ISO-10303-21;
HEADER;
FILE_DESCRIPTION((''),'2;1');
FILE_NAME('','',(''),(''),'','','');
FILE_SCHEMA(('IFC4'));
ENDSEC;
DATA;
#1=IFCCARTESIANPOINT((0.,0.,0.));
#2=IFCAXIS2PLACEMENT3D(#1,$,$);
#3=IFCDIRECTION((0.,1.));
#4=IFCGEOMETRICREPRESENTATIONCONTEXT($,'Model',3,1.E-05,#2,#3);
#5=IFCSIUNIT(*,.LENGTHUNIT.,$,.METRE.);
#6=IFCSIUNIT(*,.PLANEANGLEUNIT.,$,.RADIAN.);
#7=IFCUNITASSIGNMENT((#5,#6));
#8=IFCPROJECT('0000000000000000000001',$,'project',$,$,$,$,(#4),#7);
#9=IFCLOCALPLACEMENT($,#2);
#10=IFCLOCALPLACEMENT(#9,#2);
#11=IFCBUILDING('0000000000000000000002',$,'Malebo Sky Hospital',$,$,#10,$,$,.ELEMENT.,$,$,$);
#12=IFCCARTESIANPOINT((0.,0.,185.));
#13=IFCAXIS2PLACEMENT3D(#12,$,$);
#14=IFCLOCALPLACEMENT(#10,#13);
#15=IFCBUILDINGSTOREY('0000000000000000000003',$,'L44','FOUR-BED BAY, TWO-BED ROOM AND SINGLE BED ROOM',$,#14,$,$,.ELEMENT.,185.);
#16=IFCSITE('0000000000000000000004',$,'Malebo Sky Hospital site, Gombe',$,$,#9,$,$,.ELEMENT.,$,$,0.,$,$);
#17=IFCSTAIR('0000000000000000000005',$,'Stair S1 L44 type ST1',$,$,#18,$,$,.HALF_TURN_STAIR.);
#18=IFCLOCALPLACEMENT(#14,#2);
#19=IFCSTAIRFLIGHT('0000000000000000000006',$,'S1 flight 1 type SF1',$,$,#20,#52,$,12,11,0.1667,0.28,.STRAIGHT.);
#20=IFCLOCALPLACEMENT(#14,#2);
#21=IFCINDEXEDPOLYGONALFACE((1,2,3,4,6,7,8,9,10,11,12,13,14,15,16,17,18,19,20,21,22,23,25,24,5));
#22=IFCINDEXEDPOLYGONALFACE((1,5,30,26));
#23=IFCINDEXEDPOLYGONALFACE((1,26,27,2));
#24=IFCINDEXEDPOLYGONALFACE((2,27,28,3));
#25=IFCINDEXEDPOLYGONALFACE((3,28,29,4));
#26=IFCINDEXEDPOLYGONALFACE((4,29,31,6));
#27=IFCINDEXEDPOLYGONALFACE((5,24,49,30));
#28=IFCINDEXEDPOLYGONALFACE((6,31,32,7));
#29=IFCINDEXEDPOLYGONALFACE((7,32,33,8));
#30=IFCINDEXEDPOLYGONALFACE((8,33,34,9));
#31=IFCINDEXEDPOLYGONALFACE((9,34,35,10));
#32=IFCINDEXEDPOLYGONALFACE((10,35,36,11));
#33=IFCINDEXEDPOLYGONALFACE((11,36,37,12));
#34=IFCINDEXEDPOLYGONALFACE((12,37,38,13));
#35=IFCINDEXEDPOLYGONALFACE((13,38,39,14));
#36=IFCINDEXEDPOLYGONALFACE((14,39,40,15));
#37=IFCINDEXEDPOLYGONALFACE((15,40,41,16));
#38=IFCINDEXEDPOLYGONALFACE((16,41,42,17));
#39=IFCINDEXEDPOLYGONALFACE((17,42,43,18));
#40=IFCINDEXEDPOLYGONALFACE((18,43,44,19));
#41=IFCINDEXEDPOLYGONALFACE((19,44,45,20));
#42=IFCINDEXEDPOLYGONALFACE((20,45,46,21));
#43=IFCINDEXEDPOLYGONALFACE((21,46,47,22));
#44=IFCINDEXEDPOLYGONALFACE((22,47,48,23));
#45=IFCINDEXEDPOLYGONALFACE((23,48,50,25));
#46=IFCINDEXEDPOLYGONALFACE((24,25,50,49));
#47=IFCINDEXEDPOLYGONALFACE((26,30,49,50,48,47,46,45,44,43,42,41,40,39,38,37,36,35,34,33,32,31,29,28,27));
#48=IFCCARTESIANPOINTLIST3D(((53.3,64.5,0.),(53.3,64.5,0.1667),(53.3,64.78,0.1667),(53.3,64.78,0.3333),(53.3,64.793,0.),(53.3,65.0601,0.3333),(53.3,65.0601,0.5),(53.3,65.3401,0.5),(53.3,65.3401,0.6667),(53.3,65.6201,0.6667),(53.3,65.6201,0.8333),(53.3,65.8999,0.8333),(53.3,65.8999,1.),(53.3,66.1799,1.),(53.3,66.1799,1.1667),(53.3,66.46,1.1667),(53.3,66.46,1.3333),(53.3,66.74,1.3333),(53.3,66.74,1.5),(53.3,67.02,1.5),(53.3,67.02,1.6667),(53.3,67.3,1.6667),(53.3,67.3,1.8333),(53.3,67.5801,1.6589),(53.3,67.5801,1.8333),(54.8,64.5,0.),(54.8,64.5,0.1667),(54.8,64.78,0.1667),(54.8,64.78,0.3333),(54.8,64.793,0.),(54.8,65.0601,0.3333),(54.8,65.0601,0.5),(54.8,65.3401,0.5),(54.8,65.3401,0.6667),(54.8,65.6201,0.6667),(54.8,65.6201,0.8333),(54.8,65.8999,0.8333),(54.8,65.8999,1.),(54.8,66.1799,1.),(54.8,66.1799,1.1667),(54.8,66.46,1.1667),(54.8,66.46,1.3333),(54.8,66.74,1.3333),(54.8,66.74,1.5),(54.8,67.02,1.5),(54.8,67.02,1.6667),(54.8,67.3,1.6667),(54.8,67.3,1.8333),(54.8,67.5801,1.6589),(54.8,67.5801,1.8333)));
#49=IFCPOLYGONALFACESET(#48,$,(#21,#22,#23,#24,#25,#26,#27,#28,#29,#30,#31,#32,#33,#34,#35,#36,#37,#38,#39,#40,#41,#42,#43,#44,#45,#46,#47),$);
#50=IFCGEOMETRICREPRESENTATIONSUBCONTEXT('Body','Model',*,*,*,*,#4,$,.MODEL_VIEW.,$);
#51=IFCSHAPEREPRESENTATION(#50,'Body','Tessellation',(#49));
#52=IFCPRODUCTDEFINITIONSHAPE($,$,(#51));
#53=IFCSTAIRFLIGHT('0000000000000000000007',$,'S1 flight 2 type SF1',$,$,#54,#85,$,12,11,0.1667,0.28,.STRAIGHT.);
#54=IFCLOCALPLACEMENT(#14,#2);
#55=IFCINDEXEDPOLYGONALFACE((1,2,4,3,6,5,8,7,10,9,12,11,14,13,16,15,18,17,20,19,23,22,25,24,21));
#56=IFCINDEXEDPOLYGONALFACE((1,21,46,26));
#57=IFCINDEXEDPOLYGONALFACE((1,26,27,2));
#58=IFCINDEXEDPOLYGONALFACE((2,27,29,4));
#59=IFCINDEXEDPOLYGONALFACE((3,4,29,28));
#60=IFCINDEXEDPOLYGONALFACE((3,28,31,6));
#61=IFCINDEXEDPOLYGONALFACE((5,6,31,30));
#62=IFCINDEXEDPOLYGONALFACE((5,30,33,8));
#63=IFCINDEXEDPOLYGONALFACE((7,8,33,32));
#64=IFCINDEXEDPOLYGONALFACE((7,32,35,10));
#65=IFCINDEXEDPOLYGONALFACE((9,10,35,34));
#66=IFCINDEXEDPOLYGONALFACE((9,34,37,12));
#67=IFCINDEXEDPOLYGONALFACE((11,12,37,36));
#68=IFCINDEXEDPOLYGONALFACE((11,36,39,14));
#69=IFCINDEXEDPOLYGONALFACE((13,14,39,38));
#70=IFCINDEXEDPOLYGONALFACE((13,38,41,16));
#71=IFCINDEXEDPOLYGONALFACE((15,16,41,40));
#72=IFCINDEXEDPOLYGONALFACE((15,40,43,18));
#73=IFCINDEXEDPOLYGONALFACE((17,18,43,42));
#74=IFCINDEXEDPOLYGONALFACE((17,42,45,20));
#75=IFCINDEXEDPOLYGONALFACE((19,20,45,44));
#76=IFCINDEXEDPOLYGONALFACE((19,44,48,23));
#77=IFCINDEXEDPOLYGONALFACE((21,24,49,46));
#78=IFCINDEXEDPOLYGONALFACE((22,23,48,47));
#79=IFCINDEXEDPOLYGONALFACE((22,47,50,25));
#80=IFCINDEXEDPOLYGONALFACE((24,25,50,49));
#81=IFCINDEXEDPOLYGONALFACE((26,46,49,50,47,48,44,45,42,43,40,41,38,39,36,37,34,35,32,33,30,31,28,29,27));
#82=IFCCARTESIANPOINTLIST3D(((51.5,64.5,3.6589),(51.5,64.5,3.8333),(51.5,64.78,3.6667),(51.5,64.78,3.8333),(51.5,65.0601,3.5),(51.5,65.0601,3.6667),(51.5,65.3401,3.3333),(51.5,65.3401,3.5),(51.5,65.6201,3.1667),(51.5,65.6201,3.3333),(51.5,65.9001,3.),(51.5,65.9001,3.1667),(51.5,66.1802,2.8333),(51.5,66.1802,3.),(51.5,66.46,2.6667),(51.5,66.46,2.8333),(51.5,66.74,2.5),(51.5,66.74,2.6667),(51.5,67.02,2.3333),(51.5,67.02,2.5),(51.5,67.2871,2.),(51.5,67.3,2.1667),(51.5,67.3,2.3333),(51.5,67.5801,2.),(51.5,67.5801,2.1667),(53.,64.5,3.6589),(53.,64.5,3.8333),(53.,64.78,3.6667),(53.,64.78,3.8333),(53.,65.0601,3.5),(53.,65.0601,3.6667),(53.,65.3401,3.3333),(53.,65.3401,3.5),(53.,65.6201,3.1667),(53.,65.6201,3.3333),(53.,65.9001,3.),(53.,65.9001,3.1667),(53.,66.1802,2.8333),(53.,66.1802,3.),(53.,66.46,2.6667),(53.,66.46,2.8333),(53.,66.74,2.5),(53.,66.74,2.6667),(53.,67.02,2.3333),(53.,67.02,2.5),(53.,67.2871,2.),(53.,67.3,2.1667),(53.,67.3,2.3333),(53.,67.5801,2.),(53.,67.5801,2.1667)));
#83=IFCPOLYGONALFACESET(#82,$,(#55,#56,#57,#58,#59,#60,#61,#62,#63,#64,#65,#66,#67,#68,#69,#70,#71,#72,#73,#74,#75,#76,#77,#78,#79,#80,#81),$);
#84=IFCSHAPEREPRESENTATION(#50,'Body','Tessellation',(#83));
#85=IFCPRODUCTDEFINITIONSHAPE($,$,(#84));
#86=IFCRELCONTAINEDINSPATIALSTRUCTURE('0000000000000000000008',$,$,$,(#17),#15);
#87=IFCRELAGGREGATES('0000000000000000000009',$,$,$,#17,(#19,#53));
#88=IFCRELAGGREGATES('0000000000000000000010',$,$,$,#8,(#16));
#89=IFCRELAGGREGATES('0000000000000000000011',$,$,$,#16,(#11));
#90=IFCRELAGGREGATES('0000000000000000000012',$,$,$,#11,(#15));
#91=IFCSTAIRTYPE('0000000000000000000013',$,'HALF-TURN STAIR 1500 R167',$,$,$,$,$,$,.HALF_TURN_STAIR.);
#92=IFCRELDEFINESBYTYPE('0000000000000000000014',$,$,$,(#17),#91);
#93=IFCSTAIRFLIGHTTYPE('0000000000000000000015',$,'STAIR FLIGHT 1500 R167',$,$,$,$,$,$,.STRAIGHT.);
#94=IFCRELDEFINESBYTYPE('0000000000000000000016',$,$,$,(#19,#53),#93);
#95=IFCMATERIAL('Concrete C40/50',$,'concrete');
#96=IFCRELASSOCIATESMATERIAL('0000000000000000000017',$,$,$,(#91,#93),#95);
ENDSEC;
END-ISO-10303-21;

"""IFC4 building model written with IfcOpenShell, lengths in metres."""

from ifc_helpers import new_model, si_unit, direction, frame, origin, place, context, subcontext, project, spatial, polyline, outline, extrude, material, type_object, element, aggregate, save


model = new_model("IFC4")

# Units and contexts
model_context = context("Model", 3, precision=1e-05, world=origin(), true_north=direction((0.0, 1.0)))
body_context = subcontext(model_context, "Body", "Model", "MODEL_VIEW")
ifc_project = project(units=[si_unit("LENGTHUNIT", "METRE"), si_unit("PLANEANGLEUNIT", "RADIAN")], contexts=[model_context])

# Site, building, storey
site_placement = place(None, origin())
site = spatial("IfcSite", under=ifc_project, at=site_placement, Name="Malebo Sky Hospital site, Gombe", CompositionType="ELEMENT", RefElevation=0.0)
building_placement = place(site_placement, origin())
building = spatial("IfcBuilding", under=site, at=building_placement, Name="Malebo Sky Hospital", CompositionType="ELEMENT")
storey_placement = place(building_placement, frame((0.0, 0.0, 185.0)))
storey = spatial("IfcBuildingStorey", under=building, at=storey_placement, Name="L44", Description="FOUR-BED BAY, TWO-BED ROOM AND SINGLE BED ROOM", CompositionType="ELEMENT", Elevation=185.0)

# Stair, stair flights
ifc_material_1 = material(Name="Concrete C40/50", Category="concrete")
stair_type = type_object("IfcStairType", Name="HALF-TURN STAIR 1500 R167", PredefinedType="HALF_TURN_STAIR", material=ifc_material_1)
stair_placement = place(storey_placement, origin())
stair = element("IfcStair", 1, at=stair_placement, inside=storey, type_object=stair_type, Name="Stair S1 L44 type ST1", PredefinedType="HALF_TURN_STAIR")
stair_flight_type = type_object("IfcStairFlightType", Name="STAIR FLIGHT 1500 R167", PredefinedType="STRAIGHT", material=ifc_material_1)
stair_flight_1_placement = place(storey_placement, frame((54.05, 64.5, 0.0), z_axis=(0.0, 0.0, 1.0), x_axis=(0.0, 1.0, 0.0)))
stair_flight_1 = element("IfcStairFlight", 2, at=stair_flight_1_placement, type_object=stair_flight_type, Name="S1 flight 1 type SF1", NumberOfRisers=12, NumberOfTreads=11, PredefinedType="STRAIGHT", RiserHeight=0.1667, TreadLength=0.28, context=body_context, shape_type="SweptSolid", body=[
    extrude(outline(polyline([(0.0, 0.0), (0.0, 0.1667), (0.28, 0.1667), (0.28, 0.3333), (0.5601, 0.3333), (0.5601, 0.5), (0.8401, 0.5), (0.8401, 0.6667), (1.1201, 0.6667), (1.1201, 0.8333), (1.3999, 0.8333), (1.3999, 1.0), (1.6799, 1.0), (1.6799, 1.1667), (1.96, 1.1667), (1.96, 1.3333), (2.24, 1.3333), (2.24, 1.5), (2.52, 1.5), (2.52, 1.6667), (2.8, 1.6667), (2.8, 1.8333), (3.0801, 1.8333), (3.0801, 2.0), (3.0801, 1.6589), (0.293, 0.0), (0.0, 0.0)])), frame((0.0, 0.75, 0.0), z_axis=(0.0, -1.0, 0.0), x_axis=(1.0, 0.0, 0.0)), (0.0, 0.0, 1.0), 1.5),
])
stair_flight_2_placement = place(storey_placement, frame((52.25, 67.5801, 2.0), z_axis=(0.0, 0.0, 1.0), x_axis=(0.0, -1.0, 0.0)))
stair_flight_2 = element("IfcStairFlight", 3, at=stair_flight_2_placement, type_object=stair_flight_type, Name="S1 flight 2 type SF1", NumberOfRisers=12, NumberOfTreads=11, PredefinedType="STRAIGHT", RiserHeight=0.1667, TreadLength=0.28, context=body_context, shape_type="SweptSolid", body=[
    extrude(outline(polyline([(0.0, 0.0), (0.0, 0.1667), (0.28, 0.1667), (0.28, 0.3333), (0.5601, 0.3333), (0.5601, 0.5), (0.8401, 0.5), (0.8401, 0.6667), (1.1201, 0.6667), (1.1201, 0.8333), (1.3999, 0.8333), (1.3999, 1.0), (1.6799, 1.0), (1.6799, 1.1667), (1.96, 1.1667), (1.96, 1.3333), (2.24, 1.3333), (2.24, 1.5), (2.52, 1.5), (2.52, 1.6667), (2.8, 1.6667), (2.8, 1.8333), (3.0801, 1.8333), (3.0801, 2.0), (3.0801, 1.6589), (0.293, 0.0), (0.0, 0.0)])), frame((0.0, 0.75, 0.0), z_axis=(0.0, -1.0, 0.0), x_axis=(1.0, 0.0, 0.0)), (0.0, 0.0, 1.0), 1.5),
])
aggregate(stair, [stair_flight_1, stair_flight_2])

save(model, "model.ifc")
